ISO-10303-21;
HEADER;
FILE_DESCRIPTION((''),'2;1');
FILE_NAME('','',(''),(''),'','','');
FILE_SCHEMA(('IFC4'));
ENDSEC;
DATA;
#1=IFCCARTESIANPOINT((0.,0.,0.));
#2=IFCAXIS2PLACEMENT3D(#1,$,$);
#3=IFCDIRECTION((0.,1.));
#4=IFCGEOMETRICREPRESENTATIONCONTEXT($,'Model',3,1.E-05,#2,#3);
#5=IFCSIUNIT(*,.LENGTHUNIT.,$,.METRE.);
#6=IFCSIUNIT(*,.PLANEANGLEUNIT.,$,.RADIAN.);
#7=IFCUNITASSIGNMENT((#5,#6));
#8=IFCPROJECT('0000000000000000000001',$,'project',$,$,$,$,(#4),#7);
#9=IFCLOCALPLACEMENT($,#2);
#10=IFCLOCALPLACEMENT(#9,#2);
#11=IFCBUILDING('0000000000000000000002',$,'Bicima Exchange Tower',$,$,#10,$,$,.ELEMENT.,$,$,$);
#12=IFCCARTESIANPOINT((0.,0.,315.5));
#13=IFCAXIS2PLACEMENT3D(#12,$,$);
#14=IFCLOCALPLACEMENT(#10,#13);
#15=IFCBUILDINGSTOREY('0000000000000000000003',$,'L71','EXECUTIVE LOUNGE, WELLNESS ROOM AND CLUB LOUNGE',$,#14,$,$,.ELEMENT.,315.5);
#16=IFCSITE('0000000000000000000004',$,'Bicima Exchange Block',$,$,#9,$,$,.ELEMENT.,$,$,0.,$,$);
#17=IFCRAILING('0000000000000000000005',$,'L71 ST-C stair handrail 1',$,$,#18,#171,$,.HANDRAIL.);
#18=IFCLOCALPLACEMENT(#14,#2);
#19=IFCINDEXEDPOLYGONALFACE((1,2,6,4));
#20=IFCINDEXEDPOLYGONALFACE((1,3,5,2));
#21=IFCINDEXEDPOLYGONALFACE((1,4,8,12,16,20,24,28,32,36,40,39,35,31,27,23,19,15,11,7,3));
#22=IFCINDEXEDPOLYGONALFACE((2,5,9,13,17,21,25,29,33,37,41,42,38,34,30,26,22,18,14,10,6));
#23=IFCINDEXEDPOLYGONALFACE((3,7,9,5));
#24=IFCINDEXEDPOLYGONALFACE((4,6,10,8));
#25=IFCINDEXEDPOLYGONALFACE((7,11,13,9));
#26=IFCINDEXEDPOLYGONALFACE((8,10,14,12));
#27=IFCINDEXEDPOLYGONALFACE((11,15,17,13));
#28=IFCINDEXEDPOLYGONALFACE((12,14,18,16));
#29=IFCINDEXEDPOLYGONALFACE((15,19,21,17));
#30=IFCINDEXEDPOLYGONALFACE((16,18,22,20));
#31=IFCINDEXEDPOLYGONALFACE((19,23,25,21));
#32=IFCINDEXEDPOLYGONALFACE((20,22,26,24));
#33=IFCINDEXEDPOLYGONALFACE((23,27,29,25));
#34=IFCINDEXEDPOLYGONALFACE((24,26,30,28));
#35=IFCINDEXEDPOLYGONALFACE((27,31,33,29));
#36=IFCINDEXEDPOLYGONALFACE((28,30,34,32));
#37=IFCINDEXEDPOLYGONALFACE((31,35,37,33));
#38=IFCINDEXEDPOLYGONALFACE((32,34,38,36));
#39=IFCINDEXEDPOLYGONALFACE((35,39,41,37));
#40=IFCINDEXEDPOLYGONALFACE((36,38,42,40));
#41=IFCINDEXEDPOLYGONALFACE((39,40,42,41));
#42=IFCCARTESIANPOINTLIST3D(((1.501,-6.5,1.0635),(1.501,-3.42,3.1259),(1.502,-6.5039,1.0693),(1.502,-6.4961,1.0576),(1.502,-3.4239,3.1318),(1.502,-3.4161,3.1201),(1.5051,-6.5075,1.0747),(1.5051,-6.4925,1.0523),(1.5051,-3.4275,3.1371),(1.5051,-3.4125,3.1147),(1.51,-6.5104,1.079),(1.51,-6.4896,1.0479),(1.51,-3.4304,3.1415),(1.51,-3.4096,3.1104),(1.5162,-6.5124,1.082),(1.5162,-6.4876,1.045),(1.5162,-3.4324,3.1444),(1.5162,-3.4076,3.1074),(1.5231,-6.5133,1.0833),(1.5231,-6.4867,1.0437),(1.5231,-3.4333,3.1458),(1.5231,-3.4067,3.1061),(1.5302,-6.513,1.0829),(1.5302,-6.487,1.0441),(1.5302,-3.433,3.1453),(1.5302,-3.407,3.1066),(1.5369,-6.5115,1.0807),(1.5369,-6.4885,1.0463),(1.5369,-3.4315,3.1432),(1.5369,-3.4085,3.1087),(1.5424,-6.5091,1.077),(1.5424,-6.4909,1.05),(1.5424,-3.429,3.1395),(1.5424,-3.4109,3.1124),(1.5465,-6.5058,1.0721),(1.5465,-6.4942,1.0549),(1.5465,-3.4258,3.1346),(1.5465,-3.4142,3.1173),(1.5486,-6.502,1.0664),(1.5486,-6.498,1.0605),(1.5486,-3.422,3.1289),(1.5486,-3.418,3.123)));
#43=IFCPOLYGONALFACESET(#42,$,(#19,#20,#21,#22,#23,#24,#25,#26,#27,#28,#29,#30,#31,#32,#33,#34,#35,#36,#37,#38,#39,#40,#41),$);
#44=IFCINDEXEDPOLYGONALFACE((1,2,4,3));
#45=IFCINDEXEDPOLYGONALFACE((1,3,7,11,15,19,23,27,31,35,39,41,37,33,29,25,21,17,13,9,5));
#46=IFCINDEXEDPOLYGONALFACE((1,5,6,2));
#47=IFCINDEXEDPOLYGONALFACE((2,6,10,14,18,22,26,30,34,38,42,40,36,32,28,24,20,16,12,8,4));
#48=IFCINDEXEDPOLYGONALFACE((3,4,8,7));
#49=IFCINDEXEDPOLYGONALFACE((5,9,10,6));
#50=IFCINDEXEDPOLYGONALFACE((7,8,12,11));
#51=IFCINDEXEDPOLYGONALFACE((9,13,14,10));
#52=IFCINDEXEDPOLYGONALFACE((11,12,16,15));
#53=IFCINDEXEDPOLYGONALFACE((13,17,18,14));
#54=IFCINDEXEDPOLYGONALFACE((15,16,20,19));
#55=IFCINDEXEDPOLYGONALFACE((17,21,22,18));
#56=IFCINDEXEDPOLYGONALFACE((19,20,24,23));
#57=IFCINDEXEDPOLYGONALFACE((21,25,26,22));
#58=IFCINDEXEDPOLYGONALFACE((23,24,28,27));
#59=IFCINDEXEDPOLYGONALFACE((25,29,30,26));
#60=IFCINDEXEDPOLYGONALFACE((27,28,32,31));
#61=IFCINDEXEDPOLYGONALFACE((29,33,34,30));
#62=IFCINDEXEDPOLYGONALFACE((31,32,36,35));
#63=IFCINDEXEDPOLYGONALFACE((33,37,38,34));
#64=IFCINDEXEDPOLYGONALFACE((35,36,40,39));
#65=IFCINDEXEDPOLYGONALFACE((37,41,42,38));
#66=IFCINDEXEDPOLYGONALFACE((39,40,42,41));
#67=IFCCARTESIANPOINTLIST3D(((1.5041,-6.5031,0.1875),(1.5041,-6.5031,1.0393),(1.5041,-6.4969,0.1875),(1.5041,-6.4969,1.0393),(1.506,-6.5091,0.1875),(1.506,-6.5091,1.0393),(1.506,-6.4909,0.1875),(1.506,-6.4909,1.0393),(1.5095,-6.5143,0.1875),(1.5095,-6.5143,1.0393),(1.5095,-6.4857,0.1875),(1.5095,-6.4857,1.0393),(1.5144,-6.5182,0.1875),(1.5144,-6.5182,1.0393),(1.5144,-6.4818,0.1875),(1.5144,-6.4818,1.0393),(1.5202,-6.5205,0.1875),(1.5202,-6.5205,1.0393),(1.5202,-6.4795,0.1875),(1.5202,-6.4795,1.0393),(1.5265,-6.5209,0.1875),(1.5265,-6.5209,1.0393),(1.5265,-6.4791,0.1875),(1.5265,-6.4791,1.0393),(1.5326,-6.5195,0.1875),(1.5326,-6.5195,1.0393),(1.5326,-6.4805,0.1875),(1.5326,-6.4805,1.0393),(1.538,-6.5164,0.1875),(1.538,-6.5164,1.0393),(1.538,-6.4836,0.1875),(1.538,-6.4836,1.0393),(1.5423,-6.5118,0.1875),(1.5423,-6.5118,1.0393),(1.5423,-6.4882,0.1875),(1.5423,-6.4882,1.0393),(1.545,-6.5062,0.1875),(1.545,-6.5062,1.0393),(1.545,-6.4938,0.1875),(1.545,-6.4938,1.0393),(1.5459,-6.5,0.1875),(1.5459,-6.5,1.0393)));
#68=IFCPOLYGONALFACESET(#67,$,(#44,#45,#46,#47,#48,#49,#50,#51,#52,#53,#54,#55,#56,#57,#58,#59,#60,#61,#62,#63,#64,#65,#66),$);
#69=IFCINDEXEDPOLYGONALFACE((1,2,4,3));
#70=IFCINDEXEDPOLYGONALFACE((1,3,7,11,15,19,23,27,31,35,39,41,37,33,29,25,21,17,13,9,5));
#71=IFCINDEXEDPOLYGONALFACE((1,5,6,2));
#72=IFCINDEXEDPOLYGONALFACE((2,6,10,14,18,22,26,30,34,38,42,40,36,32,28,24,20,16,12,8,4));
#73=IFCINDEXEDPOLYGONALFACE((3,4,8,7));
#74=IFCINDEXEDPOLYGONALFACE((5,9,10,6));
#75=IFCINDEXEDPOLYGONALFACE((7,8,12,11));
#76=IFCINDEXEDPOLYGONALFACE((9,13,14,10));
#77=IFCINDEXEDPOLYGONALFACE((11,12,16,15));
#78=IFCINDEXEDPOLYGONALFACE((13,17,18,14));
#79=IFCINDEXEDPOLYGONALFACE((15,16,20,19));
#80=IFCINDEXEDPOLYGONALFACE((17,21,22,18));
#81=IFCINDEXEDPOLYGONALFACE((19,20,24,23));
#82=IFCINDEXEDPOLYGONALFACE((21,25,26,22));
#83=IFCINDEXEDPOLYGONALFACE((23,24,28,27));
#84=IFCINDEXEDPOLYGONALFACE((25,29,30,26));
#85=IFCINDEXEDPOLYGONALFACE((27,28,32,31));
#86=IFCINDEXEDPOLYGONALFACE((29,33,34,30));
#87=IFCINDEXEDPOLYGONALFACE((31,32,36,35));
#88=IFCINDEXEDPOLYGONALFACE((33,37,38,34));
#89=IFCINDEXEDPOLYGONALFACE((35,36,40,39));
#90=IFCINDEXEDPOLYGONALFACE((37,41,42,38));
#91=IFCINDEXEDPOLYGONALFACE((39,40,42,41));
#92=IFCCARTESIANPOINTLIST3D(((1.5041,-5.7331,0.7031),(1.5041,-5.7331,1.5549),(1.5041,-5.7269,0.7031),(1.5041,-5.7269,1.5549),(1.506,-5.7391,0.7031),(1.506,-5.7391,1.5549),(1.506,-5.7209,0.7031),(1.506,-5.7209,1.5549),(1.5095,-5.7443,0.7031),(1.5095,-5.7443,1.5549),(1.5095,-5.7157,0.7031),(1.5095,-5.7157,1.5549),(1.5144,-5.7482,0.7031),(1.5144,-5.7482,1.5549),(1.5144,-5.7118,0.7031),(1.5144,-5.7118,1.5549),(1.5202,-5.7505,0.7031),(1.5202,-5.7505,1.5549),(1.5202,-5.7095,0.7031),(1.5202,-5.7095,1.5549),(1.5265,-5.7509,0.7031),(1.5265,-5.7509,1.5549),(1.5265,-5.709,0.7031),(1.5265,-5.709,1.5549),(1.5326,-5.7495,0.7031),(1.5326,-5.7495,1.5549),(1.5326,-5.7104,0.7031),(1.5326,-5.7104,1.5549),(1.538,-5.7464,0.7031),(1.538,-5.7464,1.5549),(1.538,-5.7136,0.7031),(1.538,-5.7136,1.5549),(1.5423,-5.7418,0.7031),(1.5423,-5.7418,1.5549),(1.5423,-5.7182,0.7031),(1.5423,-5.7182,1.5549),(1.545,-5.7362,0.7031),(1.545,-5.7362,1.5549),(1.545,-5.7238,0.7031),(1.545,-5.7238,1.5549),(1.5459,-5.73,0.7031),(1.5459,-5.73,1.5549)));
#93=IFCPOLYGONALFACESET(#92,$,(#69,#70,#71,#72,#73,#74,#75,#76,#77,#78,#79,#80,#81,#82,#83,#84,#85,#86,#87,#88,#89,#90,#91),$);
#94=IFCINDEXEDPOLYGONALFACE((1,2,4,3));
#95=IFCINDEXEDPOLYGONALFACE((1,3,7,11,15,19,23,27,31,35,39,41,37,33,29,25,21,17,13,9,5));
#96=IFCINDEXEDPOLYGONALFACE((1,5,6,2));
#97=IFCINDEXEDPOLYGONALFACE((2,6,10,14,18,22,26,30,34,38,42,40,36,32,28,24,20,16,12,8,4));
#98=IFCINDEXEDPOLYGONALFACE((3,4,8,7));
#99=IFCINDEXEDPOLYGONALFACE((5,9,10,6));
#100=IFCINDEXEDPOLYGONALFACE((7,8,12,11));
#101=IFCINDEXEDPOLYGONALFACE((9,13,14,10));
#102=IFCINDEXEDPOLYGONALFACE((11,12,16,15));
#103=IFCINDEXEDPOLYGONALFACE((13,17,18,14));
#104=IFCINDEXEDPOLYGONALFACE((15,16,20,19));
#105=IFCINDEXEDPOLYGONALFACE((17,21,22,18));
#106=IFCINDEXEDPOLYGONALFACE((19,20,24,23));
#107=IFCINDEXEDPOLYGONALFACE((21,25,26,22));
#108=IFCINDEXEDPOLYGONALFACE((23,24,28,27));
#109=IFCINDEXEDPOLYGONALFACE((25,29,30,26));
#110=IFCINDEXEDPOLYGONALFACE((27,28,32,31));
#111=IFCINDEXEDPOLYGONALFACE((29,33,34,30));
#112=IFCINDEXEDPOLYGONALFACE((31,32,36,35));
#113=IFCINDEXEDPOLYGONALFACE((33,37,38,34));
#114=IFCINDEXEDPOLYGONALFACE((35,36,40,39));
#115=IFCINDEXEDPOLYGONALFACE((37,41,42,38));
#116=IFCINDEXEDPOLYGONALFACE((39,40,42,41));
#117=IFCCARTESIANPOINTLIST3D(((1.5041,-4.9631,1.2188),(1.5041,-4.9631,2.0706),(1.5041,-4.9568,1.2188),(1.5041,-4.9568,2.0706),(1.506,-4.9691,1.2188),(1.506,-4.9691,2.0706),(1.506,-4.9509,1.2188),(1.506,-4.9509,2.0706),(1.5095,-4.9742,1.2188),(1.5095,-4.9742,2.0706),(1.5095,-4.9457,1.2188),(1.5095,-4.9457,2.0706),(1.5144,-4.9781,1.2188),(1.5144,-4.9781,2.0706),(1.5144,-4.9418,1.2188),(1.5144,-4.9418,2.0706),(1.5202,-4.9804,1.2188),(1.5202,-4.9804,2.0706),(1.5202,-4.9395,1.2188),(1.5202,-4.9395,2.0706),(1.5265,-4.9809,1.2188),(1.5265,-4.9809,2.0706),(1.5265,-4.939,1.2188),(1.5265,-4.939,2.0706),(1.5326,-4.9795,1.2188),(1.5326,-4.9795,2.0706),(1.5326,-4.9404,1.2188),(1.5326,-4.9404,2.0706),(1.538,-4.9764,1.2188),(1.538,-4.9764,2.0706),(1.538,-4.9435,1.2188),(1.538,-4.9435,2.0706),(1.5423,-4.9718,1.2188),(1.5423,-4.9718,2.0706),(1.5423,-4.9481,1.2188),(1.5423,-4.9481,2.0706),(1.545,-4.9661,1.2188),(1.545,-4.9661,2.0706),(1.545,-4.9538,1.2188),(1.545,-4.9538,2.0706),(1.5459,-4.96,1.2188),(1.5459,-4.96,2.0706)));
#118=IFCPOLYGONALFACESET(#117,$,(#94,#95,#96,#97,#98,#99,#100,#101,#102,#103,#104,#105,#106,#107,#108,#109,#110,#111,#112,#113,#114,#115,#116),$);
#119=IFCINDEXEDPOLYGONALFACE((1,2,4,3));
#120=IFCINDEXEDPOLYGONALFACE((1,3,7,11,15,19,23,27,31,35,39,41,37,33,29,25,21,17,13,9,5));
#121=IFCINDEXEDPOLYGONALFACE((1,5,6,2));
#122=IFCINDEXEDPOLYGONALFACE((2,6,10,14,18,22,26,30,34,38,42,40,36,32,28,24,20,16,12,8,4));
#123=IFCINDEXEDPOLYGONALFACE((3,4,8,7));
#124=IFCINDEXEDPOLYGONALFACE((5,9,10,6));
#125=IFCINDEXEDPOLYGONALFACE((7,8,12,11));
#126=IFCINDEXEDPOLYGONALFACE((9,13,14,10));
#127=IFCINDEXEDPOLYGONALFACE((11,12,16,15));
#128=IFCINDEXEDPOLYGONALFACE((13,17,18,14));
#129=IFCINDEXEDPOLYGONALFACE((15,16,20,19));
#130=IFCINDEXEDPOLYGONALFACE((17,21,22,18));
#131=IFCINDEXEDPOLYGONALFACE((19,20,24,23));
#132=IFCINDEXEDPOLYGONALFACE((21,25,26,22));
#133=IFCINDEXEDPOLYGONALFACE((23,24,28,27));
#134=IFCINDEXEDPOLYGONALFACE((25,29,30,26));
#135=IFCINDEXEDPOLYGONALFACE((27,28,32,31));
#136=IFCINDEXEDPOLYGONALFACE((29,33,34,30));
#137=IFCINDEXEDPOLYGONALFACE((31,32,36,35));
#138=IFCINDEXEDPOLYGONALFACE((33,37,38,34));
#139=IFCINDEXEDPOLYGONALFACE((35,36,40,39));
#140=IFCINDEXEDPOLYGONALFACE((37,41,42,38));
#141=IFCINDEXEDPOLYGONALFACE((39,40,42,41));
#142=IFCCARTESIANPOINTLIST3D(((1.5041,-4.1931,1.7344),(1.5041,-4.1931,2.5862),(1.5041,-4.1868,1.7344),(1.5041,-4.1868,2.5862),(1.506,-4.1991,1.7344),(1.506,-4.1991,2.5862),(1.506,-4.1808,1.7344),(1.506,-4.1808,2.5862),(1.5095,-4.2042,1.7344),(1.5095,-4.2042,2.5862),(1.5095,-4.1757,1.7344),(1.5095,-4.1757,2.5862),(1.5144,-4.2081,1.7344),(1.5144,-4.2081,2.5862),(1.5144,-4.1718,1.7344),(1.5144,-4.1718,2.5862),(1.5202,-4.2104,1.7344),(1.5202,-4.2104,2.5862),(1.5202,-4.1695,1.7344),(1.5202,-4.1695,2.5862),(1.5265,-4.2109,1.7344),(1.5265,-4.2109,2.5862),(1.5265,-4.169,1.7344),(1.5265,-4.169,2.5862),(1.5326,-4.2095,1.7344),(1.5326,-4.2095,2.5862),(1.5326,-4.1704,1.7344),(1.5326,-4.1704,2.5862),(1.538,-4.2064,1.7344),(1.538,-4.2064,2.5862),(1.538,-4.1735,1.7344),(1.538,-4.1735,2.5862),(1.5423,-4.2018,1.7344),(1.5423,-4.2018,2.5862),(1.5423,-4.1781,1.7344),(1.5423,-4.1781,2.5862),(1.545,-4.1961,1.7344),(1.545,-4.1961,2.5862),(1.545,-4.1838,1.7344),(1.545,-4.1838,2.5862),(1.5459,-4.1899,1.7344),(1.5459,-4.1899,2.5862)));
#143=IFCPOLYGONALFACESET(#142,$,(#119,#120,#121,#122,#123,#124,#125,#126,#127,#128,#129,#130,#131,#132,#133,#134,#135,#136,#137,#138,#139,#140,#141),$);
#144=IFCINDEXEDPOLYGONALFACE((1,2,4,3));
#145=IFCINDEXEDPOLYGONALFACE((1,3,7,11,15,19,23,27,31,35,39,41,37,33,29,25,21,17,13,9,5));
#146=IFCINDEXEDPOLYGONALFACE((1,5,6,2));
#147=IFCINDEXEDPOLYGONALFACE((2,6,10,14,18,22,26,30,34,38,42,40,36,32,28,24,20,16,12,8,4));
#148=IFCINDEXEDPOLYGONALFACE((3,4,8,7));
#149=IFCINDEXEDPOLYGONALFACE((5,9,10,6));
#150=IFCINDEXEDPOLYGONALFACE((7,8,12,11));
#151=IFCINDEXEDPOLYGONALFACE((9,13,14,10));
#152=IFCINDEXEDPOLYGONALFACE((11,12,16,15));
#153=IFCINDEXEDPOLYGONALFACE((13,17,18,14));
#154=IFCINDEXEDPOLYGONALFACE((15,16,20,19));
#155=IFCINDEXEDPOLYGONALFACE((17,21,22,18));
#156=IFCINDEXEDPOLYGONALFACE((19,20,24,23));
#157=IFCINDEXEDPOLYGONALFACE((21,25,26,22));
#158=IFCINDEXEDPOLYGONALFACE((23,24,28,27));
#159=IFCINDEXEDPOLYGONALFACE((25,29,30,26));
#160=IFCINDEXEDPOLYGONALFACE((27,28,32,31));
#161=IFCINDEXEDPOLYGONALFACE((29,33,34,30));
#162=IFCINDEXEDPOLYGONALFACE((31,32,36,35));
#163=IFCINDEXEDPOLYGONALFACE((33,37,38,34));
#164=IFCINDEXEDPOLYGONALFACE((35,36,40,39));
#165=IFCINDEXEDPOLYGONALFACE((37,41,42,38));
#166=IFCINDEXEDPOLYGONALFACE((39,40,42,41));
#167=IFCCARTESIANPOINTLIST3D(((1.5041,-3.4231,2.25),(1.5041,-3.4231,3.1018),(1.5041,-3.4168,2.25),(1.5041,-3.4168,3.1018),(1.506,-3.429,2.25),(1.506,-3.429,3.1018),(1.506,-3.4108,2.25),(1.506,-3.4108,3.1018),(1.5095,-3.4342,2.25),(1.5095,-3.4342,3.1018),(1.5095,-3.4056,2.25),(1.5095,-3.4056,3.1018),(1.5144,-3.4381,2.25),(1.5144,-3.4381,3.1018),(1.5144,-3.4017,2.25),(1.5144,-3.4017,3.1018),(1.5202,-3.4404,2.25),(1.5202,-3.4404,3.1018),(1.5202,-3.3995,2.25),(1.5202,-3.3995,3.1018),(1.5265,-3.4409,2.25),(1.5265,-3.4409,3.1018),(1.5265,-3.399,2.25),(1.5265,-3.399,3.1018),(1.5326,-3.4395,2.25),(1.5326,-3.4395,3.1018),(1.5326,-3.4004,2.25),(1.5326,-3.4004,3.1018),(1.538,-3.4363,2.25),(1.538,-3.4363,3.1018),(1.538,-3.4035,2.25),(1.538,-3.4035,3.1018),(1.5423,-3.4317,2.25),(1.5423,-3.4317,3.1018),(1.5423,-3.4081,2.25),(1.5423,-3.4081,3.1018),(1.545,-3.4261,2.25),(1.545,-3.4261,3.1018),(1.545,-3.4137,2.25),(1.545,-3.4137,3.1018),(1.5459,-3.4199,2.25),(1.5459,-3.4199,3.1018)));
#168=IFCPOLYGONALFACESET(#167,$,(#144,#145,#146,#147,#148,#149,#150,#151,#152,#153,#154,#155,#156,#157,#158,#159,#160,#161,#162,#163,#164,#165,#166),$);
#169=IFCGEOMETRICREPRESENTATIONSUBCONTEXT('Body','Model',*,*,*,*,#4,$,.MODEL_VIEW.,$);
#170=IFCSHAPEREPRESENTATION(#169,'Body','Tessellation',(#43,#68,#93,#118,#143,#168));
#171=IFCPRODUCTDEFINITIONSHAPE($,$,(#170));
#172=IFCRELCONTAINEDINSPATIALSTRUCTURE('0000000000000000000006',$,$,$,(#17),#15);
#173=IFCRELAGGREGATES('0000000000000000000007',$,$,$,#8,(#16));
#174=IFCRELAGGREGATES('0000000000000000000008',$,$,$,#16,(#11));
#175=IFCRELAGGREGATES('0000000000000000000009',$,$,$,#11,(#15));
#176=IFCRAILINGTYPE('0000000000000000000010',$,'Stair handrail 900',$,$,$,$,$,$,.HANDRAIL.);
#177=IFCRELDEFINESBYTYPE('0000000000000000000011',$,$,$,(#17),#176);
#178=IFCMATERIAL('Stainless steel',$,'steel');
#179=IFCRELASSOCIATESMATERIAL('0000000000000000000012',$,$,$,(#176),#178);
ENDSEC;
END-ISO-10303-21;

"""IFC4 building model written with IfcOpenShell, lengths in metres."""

from ifc_helpers import new_model, si_unit, direction, frame, origin, origin_2d, place, context, subcontext, project, spatial, circle, extrude, material, type_object, element, save


model = new_model("IFC4")

# Units and contexts
model_context = context("Model", 3, precision=1e-05, world=origin(), true_north=direction((0.0, 1.0)))
body_context = subcontext(model_context, "Body", "Model", "MODEL_VIEW")
ifc_project = project(units=[si_unit("LENGTHUNIT", "METRE"), si_unit("PLANEANGLEUNIT", "RADIAN")], contexts=[model_context])

# Site, building, storey
site_placement = place(None, origin())
site = spatial("IfcSite", under=ifc_project, at=site_placement, Name="Bicima Exchange Block", CompositionType="ELEMENT", RefElevation=0.0)
building_placement = place(site_placement, origin())
building = spatial("IfcBuilding", under=site, at=building_placement, Name="Bicima Exchange Tower", CompositionType="ELEMENT")
storey_placement = place(building_placement, frame((0.0, 0.0, 315.5)))
storey = spatial("IfcBuildingStorey", under=building, at=storey_placement, Name="L71", Description="EXECUTIVE LOUNGE, WELLNESS ROOM AND CLUB LOUNGE", CompositionType="ELEMENT", Elevation=315.5)

# Shared definitions
ifc_material_1 = material(Name="Stainless steel", Category="steel")

# Railing
railing_type_1 = type_object("IfcRailingType", Name="Stair handrail 900", PredefinedType="HANDRAIL", material=ifc_material_1)
railing_1_placement = place(storey_placement, frame((1.5249, -6.5, 0.1875)))
element("IfcRailing", 1, at=railing_1_placement, inside=storey, type_object=railing_type_1, Name="L71 ST-C stair handrail 1", PredefinedType="HANDRAIL", context=body_context, shape_type="SweptSolid", body=[
    extrude(circle(Radius=0.0239, at=origin_2d()), frame((0.0, 0.0, 0.876), z_axis=(0.0, 0.830914, 0.556401), x_axis=(-1.0, 0.0, 0.0)), (0.0, 0.0, 1.0), 3.7068),
    extrude(circle(Radius=0.021, at=origin_2d()), origin(), (0.0, 0.0, 1.0), 0.8518),
    extrude(circle(Radius=0.021, at=origin_2d()), frame((0.0, 0.77, 0.5156)), (0.0, 0.0, 1.0), 0.8518),
    extrude(circle(Radius=0.021, at=origin_2d()), frame((0.0, 1.54, 1.0312)), (0.0, 0.0, 1.0), 0.8518),
    extrude(circle(Radius=0.021, at=origin_2d()), frame((0.0, 2.3101, 1.5469)), (0.0, 0.0, 1.0), 0.8518),
    extrude(circle(Radius=0.021, at=origin_2d()), frame((0.0, 3.0801, 2.0625)), (0.0, 0.0, 1.0), 0.8518),
])

save(model, "model.ifc")
